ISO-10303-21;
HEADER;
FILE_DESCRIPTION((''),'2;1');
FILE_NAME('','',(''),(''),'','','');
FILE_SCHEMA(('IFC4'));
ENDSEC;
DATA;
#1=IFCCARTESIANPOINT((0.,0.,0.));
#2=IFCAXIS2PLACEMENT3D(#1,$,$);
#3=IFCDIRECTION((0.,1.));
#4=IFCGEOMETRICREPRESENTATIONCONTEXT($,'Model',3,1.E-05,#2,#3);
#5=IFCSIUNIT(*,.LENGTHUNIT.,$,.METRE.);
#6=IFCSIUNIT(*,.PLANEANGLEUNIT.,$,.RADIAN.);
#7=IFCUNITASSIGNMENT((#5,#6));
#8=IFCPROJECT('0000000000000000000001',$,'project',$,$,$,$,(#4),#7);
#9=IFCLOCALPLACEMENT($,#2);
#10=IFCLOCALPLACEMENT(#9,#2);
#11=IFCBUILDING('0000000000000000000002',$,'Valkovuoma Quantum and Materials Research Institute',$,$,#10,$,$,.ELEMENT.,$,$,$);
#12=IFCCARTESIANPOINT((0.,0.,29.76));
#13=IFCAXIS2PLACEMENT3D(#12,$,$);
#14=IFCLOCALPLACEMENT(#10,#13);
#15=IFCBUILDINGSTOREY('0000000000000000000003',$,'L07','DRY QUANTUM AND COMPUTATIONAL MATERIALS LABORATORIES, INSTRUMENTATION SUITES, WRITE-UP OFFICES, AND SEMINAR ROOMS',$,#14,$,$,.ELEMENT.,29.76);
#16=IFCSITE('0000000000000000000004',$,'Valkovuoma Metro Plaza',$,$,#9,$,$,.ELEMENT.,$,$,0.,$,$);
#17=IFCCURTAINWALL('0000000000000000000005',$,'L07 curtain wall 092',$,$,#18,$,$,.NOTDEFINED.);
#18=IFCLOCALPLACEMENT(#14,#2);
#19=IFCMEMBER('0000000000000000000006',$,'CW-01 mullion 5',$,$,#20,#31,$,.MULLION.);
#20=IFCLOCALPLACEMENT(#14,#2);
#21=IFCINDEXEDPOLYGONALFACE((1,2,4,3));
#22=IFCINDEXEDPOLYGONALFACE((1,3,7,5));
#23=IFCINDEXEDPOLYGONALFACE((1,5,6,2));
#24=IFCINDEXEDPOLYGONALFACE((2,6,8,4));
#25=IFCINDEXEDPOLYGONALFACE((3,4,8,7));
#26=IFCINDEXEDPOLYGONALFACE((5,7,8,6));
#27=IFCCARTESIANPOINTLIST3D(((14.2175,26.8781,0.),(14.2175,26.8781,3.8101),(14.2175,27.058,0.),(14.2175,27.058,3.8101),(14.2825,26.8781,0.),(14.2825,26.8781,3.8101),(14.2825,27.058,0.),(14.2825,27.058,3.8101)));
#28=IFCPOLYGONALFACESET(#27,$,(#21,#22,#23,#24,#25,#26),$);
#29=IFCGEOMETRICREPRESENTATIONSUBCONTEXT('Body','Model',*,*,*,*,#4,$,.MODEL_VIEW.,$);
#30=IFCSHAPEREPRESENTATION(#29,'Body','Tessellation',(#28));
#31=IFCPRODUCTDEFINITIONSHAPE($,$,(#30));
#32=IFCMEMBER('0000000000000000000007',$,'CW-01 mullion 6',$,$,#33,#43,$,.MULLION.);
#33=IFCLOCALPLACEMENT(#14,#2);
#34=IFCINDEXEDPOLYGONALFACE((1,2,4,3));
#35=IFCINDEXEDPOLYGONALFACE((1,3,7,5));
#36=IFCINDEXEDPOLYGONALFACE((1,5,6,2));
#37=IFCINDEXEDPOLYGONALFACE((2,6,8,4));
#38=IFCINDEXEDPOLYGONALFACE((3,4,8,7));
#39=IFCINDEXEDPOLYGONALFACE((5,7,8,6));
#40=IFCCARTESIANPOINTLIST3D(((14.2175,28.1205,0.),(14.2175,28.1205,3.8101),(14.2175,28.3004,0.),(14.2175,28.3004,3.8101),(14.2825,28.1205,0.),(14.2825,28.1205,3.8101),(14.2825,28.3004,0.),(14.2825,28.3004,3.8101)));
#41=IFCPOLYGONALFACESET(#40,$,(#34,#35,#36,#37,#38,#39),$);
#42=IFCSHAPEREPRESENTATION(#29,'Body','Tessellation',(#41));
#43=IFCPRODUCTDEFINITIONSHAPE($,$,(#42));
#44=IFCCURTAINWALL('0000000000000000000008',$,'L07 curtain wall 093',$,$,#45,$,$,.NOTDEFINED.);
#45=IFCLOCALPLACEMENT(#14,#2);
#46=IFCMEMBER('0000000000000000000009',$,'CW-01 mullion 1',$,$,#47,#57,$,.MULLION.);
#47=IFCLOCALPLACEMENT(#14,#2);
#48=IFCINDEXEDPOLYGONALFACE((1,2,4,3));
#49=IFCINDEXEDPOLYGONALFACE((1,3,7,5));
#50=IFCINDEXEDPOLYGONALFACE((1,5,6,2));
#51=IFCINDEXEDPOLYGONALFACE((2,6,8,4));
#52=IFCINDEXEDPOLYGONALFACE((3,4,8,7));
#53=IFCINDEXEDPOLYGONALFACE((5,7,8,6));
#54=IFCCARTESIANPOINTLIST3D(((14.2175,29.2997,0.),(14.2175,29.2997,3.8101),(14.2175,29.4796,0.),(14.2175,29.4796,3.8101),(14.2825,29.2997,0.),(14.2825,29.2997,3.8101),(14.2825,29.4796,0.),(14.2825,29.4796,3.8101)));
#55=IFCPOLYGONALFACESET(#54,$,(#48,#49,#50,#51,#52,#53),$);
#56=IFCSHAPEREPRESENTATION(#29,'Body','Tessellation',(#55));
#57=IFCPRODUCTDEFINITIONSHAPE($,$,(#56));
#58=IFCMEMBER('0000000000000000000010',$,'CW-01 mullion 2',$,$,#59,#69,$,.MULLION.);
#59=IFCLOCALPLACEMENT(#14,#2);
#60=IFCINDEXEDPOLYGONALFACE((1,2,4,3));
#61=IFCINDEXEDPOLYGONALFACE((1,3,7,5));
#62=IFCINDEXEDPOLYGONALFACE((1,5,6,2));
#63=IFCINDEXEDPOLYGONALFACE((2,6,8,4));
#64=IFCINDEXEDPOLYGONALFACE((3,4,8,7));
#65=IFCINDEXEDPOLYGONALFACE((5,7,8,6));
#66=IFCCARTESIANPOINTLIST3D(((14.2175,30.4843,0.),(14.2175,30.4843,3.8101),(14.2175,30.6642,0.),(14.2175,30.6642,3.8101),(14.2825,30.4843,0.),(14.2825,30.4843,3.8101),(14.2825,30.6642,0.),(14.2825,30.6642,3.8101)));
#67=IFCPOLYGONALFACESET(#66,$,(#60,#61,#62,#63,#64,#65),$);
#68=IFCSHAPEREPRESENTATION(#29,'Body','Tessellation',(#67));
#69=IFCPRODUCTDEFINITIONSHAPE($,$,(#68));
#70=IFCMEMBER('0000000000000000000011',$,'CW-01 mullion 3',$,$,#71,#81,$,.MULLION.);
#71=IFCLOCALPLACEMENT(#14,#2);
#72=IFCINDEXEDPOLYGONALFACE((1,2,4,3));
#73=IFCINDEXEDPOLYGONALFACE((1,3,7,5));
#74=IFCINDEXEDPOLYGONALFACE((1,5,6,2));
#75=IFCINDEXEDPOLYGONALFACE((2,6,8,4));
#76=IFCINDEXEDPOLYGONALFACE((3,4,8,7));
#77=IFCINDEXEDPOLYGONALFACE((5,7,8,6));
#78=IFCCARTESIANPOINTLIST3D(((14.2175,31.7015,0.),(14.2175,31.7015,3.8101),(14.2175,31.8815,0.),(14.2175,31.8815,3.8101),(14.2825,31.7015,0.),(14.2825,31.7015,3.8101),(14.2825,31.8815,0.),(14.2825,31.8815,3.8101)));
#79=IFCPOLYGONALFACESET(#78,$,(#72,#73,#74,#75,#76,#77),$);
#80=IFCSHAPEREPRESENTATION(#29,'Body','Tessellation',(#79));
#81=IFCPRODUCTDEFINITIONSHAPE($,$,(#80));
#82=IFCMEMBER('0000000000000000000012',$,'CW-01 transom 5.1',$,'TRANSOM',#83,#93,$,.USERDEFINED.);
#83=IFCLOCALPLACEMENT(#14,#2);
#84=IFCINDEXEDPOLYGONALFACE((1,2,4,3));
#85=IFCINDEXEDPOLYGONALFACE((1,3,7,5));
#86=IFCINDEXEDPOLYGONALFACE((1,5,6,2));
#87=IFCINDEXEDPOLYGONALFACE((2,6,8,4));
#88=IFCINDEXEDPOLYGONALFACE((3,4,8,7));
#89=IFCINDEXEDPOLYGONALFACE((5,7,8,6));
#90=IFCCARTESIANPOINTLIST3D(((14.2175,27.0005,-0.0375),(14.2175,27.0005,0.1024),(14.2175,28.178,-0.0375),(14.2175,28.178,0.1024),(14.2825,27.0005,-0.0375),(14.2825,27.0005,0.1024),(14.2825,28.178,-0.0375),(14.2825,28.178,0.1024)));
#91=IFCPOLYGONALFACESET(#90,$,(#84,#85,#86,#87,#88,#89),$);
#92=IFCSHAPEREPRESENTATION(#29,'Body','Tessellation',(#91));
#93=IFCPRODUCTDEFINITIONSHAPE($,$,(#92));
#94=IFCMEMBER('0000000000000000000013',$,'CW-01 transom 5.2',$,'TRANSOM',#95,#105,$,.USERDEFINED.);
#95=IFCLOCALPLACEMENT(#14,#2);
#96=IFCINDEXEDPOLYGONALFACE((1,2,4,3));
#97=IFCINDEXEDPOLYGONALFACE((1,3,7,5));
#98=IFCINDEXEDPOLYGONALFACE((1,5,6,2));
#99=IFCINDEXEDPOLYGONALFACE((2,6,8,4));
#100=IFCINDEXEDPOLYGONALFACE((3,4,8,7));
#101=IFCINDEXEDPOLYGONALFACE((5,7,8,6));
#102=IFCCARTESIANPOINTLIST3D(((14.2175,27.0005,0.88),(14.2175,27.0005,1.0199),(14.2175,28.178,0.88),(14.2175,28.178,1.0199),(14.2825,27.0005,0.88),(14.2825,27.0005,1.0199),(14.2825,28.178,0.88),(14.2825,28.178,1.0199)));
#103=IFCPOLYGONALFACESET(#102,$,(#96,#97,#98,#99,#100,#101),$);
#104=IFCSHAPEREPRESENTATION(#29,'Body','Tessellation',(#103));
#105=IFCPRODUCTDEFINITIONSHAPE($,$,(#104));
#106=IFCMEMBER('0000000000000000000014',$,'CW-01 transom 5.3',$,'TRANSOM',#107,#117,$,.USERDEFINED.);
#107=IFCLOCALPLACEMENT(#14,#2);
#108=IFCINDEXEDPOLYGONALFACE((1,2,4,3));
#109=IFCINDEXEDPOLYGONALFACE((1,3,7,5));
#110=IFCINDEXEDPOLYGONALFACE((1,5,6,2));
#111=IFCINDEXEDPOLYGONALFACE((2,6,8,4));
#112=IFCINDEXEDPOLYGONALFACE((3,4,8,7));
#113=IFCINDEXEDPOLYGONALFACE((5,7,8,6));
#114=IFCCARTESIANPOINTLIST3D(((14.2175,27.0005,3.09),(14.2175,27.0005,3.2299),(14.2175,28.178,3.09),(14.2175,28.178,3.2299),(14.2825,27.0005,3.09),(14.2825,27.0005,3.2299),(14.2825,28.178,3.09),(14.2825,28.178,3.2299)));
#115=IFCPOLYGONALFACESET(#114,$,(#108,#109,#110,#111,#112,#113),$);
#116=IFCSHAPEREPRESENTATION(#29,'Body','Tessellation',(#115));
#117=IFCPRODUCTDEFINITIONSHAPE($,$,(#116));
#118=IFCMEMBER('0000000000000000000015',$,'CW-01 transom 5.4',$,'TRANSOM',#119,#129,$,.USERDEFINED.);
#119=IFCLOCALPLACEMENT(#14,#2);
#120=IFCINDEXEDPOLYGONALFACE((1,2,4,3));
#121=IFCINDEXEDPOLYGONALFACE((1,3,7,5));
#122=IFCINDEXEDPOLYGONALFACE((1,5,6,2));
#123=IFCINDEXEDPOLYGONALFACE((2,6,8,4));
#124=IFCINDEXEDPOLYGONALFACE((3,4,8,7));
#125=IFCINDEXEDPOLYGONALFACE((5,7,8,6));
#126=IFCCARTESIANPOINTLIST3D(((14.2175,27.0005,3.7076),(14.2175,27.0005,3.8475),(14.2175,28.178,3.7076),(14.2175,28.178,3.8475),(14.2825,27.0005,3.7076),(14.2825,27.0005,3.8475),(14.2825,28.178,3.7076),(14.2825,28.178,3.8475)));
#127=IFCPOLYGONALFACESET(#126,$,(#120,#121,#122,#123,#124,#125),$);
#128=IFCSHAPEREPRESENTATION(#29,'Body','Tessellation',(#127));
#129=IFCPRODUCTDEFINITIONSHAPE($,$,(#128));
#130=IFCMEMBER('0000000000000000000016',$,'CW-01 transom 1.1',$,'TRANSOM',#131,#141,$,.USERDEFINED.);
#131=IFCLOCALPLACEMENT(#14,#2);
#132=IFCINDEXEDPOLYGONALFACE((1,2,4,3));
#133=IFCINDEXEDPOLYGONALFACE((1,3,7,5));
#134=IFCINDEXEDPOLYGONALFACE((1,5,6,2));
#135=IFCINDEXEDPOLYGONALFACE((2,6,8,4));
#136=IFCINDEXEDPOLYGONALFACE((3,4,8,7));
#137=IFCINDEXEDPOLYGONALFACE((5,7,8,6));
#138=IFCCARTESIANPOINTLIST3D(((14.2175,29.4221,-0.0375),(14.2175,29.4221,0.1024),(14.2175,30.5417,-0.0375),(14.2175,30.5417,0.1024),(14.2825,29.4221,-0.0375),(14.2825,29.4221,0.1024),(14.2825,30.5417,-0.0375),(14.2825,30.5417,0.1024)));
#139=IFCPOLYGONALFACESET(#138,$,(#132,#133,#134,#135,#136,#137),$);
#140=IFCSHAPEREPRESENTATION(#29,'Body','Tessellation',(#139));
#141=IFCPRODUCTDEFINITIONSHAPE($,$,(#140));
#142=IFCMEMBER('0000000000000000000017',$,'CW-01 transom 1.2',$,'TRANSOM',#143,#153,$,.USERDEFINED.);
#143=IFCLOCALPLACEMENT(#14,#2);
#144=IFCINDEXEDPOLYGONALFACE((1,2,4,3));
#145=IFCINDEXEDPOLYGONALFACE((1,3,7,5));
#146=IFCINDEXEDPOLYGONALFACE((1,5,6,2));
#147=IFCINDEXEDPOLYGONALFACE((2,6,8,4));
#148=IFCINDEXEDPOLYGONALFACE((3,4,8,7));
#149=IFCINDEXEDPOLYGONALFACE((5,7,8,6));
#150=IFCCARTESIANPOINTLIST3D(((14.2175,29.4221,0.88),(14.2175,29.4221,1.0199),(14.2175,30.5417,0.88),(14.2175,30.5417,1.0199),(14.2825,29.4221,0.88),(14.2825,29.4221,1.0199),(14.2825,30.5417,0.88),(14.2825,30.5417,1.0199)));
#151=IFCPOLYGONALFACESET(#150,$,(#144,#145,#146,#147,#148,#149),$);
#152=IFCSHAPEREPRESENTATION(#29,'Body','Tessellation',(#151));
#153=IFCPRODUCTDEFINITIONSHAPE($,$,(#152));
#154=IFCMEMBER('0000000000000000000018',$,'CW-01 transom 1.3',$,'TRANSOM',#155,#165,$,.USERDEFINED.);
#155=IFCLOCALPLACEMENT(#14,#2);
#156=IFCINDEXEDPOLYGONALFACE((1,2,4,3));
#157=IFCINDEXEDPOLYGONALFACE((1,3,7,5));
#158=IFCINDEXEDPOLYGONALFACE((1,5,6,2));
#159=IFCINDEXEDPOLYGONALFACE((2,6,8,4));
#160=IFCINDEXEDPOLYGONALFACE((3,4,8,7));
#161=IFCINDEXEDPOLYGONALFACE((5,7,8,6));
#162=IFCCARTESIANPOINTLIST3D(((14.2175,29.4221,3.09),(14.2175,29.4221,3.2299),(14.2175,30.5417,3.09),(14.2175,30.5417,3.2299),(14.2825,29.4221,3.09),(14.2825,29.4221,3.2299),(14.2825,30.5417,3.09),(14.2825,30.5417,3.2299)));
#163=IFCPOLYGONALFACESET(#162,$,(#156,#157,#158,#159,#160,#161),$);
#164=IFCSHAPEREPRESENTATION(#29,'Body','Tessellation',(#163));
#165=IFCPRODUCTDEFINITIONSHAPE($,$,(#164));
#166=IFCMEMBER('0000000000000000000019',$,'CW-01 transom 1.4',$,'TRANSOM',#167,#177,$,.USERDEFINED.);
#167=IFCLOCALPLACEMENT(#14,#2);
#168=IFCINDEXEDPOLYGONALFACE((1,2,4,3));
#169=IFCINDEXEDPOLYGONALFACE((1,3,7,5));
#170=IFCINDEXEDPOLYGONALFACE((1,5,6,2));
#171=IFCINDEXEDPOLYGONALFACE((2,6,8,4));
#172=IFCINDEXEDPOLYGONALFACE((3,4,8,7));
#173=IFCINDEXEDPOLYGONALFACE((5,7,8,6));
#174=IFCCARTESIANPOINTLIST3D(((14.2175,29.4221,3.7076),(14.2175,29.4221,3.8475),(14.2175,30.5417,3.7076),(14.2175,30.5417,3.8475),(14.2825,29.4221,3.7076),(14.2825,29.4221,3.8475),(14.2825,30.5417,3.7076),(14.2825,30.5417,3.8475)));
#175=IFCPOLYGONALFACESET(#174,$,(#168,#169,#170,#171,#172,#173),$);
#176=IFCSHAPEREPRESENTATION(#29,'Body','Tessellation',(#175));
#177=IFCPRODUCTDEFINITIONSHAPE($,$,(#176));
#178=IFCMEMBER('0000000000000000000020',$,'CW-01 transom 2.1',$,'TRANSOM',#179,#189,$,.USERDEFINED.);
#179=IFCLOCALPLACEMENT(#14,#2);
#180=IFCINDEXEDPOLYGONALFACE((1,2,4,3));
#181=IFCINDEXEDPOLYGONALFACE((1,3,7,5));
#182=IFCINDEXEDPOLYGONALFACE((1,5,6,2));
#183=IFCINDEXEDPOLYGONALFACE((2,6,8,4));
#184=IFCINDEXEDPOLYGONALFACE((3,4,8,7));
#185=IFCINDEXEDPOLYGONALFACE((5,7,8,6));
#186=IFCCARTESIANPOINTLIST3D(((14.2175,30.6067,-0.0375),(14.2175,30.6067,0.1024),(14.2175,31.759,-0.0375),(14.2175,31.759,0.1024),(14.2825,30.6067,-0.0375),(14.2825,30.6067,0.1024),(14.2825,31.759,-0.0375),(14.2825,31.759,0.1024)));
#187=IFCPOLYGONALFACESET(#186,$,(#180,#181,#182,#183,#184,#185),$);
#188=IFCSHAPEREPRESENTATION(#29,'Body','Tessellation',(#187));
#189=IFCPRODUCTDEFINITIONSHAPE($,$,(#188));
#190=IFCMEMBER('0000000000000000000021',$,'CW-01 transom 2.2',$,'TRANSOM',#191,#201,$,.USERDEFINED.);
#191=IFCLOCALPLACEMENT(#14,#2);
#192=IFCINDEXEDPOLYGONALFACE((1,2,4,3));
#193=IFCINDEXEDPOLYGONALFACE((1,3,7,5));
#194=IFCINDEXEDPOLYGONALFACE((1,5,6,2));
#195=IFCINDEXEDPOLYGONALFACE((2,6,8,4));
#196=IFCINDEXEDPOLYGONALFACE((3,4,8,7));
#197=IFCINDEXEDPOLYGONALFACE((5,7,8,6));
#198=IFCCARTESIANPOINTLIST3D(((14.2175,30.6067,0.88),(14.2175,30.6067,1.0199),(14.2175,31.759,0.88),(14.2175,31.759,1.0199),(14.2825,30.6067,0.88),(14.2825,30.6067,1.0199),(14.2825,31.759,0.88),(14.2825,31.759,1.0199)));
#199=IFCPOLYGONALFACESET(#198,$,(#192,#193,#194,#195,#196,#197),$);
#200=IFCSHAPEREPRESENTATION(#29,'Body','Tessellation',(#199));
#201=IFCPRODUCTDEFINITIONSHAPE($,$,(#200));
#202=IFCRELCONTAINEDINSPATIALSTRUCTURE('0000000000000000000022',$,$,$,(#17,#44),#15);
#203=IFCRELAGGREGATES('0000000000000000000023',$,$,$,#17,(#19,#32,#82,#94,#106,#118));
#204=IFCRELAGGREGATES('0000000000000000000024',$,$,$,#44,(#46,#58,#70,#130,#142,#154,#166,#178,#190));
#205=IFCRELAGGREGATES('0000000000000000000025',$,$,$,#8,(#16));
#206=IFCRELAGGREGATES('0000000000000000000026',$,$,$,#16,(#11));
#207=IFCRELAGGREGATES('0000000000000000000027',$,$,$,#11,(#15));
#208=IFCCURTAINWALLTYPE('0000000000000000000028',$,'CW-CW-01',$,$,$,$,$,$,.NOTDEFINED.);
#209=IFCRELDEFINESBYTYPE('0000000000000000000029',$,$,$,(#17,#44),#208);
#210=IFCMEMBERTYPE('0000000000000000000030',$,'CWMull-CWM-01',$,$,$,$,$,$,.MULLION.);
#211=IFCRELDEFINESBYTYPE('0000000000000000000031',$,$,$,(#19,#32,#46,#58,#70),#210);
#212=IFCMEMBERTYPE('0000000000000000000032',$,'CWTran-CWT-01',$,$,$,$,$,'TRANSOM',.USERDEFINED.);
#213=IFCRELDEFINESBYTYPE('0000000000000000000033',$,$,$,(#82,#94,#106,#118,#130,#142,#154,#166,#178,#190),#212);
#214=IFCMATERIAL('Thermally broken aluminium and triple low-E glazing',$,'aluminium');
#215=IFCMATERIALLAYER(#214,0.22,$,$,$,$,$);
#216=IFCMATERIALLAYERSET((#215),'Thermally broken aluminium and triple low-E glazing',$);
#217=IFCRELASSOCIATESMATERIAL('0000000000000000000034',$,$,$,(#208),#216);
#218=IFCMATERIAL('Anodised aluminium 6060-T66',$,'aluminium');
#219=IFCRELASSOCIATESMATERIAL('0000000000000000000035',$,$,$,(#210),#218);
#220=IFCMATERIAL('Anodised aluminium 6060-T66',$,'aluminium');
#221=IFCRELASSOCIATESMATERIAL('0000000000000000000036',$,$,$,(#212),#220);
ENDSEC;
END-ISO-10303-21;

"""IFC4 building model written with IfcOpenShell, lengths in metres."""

from ifc_helpers import new_model, si_unit, direction, frame, origin, origin_2d, place, context, subcontext, project, spatial, rectangle, extrude, material, layer, layer_set, material_profile, profile_set, type_object, element, aggregate, save


model = new_model("IFC4")

# Units and contexts
model_context = context("Model", 3, precision=1e-05, world=origin(), true_north=direction((0.0, 1.0)))
body_context = subcontext(model_context, "Body", "Model", "MODEL_VIEW")
ifc_project = project(units=[si_unit("LENGTHUNIT", "METRE"), si_unit("PLANEANGLEUNIT", "RADIAN")], contexts=[model_context])

# Site, building, storey
site_placement = place(None, origin())
site = spatial("IfcSite", under=ifc_project, at=site_placement, Name="Valkovuoma Metro Plaza", CompositionType="ELEMENT", RefElevation=0.0)
building_placement = place(site_placement, origin())
building = spatial("IfcBuilding", under=site, at=building_placement, Name="Valkovuoma Quantum and Materials Research Institute", CompositionType="ELEMENT")
storey_placement = place(building_placement, frame((0.0, 0.0, 29.76)))
storey = spatial("IfcBuildingStorey", under=building, at=storey_placement, Name="L07", Description="DRY QUANTUM AND COMPUTATIONAL MATERIALS LABORATORIES, INSTRUMENTATION SUITES, WRITE-UP OFFICES, AND SEMINAR ROOMS", CompositionType="ELEMENT", Elevation=29.76)

# Curtain walls, members
ifc_material_1 = material(Name="Thermally broken aluminium and triple low-E glazing", Category="aluminium")
ifc_layer_1 = layer(ifc_material_1, 0.22)
ifc_layer_set_1 = layer_set([ifc_layer_1], Name="Thermally broken aluminium and triple low-E glazing")
curtain_wall_type = type_object("IfcCurtainWallType", Name="CW-CW-01", PredefinedType="NOTDEFINED", material=ifc_layer_set_1)
curtain_wall_1_placement = place(storey_placement, origin())
curtain_wall_1 = element("IfcCurtainWall", 1, at=curtain_wall_1_placement, inside=storey, type_object=curtain_wall_type, Name="L07 curtain wall 092", PredefinedType="NOTDEFINED")
ifc_material_2 = material(Name="Anodised aluminium 6060-T66", Category="aluminium")
ifc_material_profile_1 = material_profile(ifc_material_2, rectangle(XDim=0.0649, YDim=0.1799, at=origin_2d()), Name="Anodised aluminium 6060-T66")
ifc_profile_set_1 = profile_set([ifc_material_profile_1], Name="Anodised aluminium 6060-T66")
member_type_1 = type_object("IfcMemberType", Name="CWMull-CWM-01", PredefinedType="MULLION", material=ifc_profile_set_1)
member_1_placement = place(storey_placement, frame((14.25, 26.968, 0.0), z_axis=(0.0, 0.0, 1.0), x_axis=(-1.0, 0.0, 0.0)))
member_1 = element("IfcMember", 2, at=member_1_placement, type_object=member_type_1, Name="CW-01 mullion 5", PredefinedType="MULLION", context=body_context, shape_type="SweptSolid", body=[
    extrude(rectangle(XDim=0.0649, YDim=0.1799, at=origin_2d()), origin(), (0.0, 0.0, 1.0), 3.8101),
])
member_2_placement = place(storey_placement, frame((14.25, 28.2104, 0.0), z_axis=(0.0, 0.0, 1.0), x_axis=(-1.0, 0.0, 0.0)))
member_2 = element("IfcMember", 3, at=member_2_placement, type_object=member_type_1, Name="CW-01 mullion 6", PredefinedType="MULLION", context=body_context, shape_type="SweptSolid", body=[
    extrude(rectangle(XDim=0.0649, YDim=0.1799, at=origin_2d()), origin(), (0.0, 0.0, 1.0), 3.8101),
])
curtain_wall_2_placement = place(storey_placement, origin())
curtain_wall_2 = element("IfcCurtainWall", 4, at=curtain_wall_2_placement, inside=storey, type_object=curtain_wall_type, Name="L07 curtain wall 093", PredefinedType="NOTDEFINED")
member_3_placement = place(storey_placement, frame((14.25, 29.3896, 0.0), z_axis=(0.0, 0.0, 1.0), x_axis=(-1.0, 0.0, 0.0)))
member_3 = element("IfcMember", 5, at=member_3_placement, type_object=member_type_1, Name="CW-01 mullion 1", PredefinedType="MULLION", context=body_context, shape_type="SweptSolid", body=[
    extrude(rectangle(XDim=0.0649, YDim=0.1799, at=origin_2d()), origin(), (0.0, 0.0, 1.0), 3.8101),
])
member_4_placement = place(storey_placement, frame((14.25, 30.5742, 0.0), z_axis=(0.0, 0.0, 1.0), x_axis=(-1.0, 0.0, 0.0)))
member_4 = element("IfcMember", 6, at=member_4_placement, type_object=member_type_1, Name="CW-01 mullion 2", PredefinedType="MULLION", context=body_context, shape_type="SweptSolid", body=[
    extrude(rectangle(XDim=0.0649, YDim=0.1799, at=origin_2d()), origin(), (0.0, 0.0, 1.0), 3.8101),
])
member_5_placement = place(storey_placement, frame((14.25, 31.7915, 0.0), z_axis=(0.0, 0.0, 1.0), x_axis=(-1.0, 0.0, 0.0)))
member_5 = element("IfcMember", 7, at=member_5_placement, type_object=member_type_1, Name="CW-01 mullion 3", PredefinedType="MULLION", context=body_context, shape_type="SweptSolid", body=[
    extrude(rectangle(XDim=0.0649, YDim=0.1799, at=origin_2d()), origin(), (0.0, 0.0, 1.0), 3.8101),
])

# Members
ifc_material_3 = material(Name="Anodised aluminium 6060-T66", Category="aluminium")
ifc_material_profile_2 = material_profile(ifc_material_3, rectangle(XDim=0.0649, YDim=0.1399, at=origin_2d()), Name="Anodised aluminium 6060-T66")
ifc_profile_set_2 = profile_set([ifc_material_profile_2], Name="Anodised aluminium 6060-T66")
member_type_2 = type_object("IfcMemberType", Name="CWTran-CWT-01", ElementType="TRANSOM", PredefinedType="USERDEFINED", material=ifc_profile_set_2)
member_6_placement = place(storey_placement, frame((14.25, 27.0005, 0.0325), z_axis=(0.0, 1.0, 0.0), x_axis=(-1.0, 0.0, 0.0)))
member_6 = element("IfcMember", 8, at=member_6_placement, type_object=member_type_2, Name="CW-01 transom 5.1", ObjectType="TRANSOM", PredefinedType="USERDEFINED", context=body_context, shape_type="SweptSolid", body=[
    extrude(rectangle(XDim=0.0649, YDim=0.1399, at=origin_2d()), origin(), (0.0, 0.0, 1.0), 1.1775),
])
member_7_placement = place(storey_placement, frame((14.25, 27.0005, 0.95), z_axis=(0.0, 1.0, 0.0), x_axis=(-1.0, 0.0, 0.0)))
member_7 = element("IfcMember", 9, at=member_7_placement, type_object=member_type_2, Name="CW-01 transom 5.2", ObjectType="TRANSOM", PredefinedType="USERDEFINED", context=body_context, shape_type="SweptSolid", body=[
    extrude(rectangle(XDim=0.0649, YDim=0.1399, at=origin_2d()), origin(), (0.0, 0.0, 1.0), 1.1775),
])
member_8_placement = place(storey_placement, frame((14.25, 27.0005, 3.1599), z_axis=(0.0, 1.0, 0.0), x_axis=(-1.0, 0.0, 0.0)))
member_8 = element("IfcMember", 10, at=member_8_placement, type_object=member_type_2, Name="CW-01 transom 5.3", ObjectType="TRANSOM", PredefinedType="USERDEFINED", context=body_context, shape_type="SweptSolid", body=[
    extrude(rectangle(XDim=0.0649, YDim=0.1399, at=origin_2d()), origin(), (0.0, 0.0, 1.0), 1.1775),
])
member_9_placement = place(storey_placement, frame((14.25, 27.0005, 3.7776), z_axis=(0.0, 1.0, 0.0), x_axis=(-1.0, 0.0, 0.0)))
member_9 = element("IfcMember", 11, at=member_9_placement, type_object=member_type_2, Name="CW-01 transom 5.4", ObjectType="TRANSOM", PredefinedType="USERDEFINED", context=body_context, shape_type="SweptSolid", body=[
    extrude(rectangle(XDim=0.0649, YDim=0.1399, at=origin_2d()), origin(), (0.0, 0.0, 1.0), 1.1775),
])
member_10_placement = place(storey_placement, frame((14.25, 29.4221, 0.0325), z_axis=(0.0, 1.0, 0.0), x_axis=(-1.0, 0.0, 0.0)))
member_10 = element("IfcMember", 12, at=member_10_placement, type_object=member_type_2, Name="CW-01 transom 1.1", ObjectType="TRANSOM", PredefinedType="USERDEFINED", context=body_context, shape_type="SweptSolid", body=[
    extrude(rectangle(XDim=0.0649, YDim=0.1399, at=origin_2d()), origin(), (0.0, 0.0, 1.0), 1.1196),
])
member_11_placement = place(storey_placement, frame((14.25, 29.4221, 0.95), z_axis=(0.0, 1.0, 0.0), x_axis=(-1.0, 0.0, 0.0)))
member_11 = element("IfcMember", 13, at=member_11_placement, type_object=member_type_2, Name="CW-01 transom 1.2", ObjectType="TRANSOM", PredefinedType="USERDEFINED", context=body_context, shape_type="SweptSolid", body=[
    extrude(rectangle(XDim=0.0649, YDim=0.1399, at=origin_2d()), origin(), (0.0, 0.0, 1.0), 1.1196),
])
member_12_placement = place(storey_placement, frame((14.25, 29.4221, 3.1599), z_axis=(0.0, 1.0, 0.0), x_axis=(-1.0, 0.0, 0.0)))
member_12 = element("IfcMember", 14, at=member_12_placement, type_object=member_type_2, Name="CW-01 transom 1.3", ObjectType="TRANSOM", PredefinedType="USERDEFINED", context=body_context, shape_type="SweptSolid", body=[
    extrude(rectangle(XDim=0.0649, YDim=0.1399, at=origin_2d()), origin(), (0.0, 0.0, 1.0), 1.1196),
])
member_13_placement = place(storey_placement, frame((14.25, 29.4221, 3.7776), z_axis=(0.0, 1.0, 0.0), x_axis=(-1.0, 0.0, 0.0)))
member_13 = element("IfcMember", 15, at=member_13_placement, type_object=member_type_2, Name="CW-01 transom 1.4", ObjectType="TRANSOM", PredefinedType="USERDEFINED", context=body_context, shape_type="SweptSolid", body=[
    extrude(rectangle(XDim=0.0649, YDim=0.1399, at=origin_2d()), origin(), (0.0, 0.0, 1.0), 1.1196),
])
member_14_placement = place(storey_placement, frame((14.25, 30.6067, 0.0325), z_axis=(0.0, 1.0, 0.0), x_axis=(-1.0, 0.0, 0.0)))
member_14 = element("IfcMember", 16, at=member_14_placement, type_object=member_type_2, Name="CW-01 transom 2.1", ObjectType="TRANSOM", PredefinedType="USERDEFINED", context=body_context, shape_type="SweptSolid", body=[
    extrude(rectangle(XDim=0.0649, YDim=0.1399, at=origin_2d()), origin(), (0.0, 0.0, 1.0), 1.1523),
])
member_15_placement = place(storey_placement, frame((14.25, 30.6067, 0.95), z_axis=(0.0, 1.0, 0.0), x_axis=(-1.0, 0.0, 0.0)))
member_15 = element("IfcMember", 17, at=member_15_placement, type_object=member_type_2, Name="CW-01 transom 2.2", ObjectType="TRANSOM", PredefinedType="USERDEFINED", context=body_context, shape_type="SweptSolid", body=[
    extrude(rectangle(XDim=0.0649, YDim=0.1399, at=origin_2d()), origin(), (0.0, 0.0, 1.0), 1.1523),
])

aggregate(curtain_wall_1, [member_1, member_2, member_6, member_7, member_8, member_9])
aggregate(curtain_wall_2, [member_3, member_4, member_5, member_10, member_11, member_12, member_13, member_14, member_15])

save(model, "model.ifc")
